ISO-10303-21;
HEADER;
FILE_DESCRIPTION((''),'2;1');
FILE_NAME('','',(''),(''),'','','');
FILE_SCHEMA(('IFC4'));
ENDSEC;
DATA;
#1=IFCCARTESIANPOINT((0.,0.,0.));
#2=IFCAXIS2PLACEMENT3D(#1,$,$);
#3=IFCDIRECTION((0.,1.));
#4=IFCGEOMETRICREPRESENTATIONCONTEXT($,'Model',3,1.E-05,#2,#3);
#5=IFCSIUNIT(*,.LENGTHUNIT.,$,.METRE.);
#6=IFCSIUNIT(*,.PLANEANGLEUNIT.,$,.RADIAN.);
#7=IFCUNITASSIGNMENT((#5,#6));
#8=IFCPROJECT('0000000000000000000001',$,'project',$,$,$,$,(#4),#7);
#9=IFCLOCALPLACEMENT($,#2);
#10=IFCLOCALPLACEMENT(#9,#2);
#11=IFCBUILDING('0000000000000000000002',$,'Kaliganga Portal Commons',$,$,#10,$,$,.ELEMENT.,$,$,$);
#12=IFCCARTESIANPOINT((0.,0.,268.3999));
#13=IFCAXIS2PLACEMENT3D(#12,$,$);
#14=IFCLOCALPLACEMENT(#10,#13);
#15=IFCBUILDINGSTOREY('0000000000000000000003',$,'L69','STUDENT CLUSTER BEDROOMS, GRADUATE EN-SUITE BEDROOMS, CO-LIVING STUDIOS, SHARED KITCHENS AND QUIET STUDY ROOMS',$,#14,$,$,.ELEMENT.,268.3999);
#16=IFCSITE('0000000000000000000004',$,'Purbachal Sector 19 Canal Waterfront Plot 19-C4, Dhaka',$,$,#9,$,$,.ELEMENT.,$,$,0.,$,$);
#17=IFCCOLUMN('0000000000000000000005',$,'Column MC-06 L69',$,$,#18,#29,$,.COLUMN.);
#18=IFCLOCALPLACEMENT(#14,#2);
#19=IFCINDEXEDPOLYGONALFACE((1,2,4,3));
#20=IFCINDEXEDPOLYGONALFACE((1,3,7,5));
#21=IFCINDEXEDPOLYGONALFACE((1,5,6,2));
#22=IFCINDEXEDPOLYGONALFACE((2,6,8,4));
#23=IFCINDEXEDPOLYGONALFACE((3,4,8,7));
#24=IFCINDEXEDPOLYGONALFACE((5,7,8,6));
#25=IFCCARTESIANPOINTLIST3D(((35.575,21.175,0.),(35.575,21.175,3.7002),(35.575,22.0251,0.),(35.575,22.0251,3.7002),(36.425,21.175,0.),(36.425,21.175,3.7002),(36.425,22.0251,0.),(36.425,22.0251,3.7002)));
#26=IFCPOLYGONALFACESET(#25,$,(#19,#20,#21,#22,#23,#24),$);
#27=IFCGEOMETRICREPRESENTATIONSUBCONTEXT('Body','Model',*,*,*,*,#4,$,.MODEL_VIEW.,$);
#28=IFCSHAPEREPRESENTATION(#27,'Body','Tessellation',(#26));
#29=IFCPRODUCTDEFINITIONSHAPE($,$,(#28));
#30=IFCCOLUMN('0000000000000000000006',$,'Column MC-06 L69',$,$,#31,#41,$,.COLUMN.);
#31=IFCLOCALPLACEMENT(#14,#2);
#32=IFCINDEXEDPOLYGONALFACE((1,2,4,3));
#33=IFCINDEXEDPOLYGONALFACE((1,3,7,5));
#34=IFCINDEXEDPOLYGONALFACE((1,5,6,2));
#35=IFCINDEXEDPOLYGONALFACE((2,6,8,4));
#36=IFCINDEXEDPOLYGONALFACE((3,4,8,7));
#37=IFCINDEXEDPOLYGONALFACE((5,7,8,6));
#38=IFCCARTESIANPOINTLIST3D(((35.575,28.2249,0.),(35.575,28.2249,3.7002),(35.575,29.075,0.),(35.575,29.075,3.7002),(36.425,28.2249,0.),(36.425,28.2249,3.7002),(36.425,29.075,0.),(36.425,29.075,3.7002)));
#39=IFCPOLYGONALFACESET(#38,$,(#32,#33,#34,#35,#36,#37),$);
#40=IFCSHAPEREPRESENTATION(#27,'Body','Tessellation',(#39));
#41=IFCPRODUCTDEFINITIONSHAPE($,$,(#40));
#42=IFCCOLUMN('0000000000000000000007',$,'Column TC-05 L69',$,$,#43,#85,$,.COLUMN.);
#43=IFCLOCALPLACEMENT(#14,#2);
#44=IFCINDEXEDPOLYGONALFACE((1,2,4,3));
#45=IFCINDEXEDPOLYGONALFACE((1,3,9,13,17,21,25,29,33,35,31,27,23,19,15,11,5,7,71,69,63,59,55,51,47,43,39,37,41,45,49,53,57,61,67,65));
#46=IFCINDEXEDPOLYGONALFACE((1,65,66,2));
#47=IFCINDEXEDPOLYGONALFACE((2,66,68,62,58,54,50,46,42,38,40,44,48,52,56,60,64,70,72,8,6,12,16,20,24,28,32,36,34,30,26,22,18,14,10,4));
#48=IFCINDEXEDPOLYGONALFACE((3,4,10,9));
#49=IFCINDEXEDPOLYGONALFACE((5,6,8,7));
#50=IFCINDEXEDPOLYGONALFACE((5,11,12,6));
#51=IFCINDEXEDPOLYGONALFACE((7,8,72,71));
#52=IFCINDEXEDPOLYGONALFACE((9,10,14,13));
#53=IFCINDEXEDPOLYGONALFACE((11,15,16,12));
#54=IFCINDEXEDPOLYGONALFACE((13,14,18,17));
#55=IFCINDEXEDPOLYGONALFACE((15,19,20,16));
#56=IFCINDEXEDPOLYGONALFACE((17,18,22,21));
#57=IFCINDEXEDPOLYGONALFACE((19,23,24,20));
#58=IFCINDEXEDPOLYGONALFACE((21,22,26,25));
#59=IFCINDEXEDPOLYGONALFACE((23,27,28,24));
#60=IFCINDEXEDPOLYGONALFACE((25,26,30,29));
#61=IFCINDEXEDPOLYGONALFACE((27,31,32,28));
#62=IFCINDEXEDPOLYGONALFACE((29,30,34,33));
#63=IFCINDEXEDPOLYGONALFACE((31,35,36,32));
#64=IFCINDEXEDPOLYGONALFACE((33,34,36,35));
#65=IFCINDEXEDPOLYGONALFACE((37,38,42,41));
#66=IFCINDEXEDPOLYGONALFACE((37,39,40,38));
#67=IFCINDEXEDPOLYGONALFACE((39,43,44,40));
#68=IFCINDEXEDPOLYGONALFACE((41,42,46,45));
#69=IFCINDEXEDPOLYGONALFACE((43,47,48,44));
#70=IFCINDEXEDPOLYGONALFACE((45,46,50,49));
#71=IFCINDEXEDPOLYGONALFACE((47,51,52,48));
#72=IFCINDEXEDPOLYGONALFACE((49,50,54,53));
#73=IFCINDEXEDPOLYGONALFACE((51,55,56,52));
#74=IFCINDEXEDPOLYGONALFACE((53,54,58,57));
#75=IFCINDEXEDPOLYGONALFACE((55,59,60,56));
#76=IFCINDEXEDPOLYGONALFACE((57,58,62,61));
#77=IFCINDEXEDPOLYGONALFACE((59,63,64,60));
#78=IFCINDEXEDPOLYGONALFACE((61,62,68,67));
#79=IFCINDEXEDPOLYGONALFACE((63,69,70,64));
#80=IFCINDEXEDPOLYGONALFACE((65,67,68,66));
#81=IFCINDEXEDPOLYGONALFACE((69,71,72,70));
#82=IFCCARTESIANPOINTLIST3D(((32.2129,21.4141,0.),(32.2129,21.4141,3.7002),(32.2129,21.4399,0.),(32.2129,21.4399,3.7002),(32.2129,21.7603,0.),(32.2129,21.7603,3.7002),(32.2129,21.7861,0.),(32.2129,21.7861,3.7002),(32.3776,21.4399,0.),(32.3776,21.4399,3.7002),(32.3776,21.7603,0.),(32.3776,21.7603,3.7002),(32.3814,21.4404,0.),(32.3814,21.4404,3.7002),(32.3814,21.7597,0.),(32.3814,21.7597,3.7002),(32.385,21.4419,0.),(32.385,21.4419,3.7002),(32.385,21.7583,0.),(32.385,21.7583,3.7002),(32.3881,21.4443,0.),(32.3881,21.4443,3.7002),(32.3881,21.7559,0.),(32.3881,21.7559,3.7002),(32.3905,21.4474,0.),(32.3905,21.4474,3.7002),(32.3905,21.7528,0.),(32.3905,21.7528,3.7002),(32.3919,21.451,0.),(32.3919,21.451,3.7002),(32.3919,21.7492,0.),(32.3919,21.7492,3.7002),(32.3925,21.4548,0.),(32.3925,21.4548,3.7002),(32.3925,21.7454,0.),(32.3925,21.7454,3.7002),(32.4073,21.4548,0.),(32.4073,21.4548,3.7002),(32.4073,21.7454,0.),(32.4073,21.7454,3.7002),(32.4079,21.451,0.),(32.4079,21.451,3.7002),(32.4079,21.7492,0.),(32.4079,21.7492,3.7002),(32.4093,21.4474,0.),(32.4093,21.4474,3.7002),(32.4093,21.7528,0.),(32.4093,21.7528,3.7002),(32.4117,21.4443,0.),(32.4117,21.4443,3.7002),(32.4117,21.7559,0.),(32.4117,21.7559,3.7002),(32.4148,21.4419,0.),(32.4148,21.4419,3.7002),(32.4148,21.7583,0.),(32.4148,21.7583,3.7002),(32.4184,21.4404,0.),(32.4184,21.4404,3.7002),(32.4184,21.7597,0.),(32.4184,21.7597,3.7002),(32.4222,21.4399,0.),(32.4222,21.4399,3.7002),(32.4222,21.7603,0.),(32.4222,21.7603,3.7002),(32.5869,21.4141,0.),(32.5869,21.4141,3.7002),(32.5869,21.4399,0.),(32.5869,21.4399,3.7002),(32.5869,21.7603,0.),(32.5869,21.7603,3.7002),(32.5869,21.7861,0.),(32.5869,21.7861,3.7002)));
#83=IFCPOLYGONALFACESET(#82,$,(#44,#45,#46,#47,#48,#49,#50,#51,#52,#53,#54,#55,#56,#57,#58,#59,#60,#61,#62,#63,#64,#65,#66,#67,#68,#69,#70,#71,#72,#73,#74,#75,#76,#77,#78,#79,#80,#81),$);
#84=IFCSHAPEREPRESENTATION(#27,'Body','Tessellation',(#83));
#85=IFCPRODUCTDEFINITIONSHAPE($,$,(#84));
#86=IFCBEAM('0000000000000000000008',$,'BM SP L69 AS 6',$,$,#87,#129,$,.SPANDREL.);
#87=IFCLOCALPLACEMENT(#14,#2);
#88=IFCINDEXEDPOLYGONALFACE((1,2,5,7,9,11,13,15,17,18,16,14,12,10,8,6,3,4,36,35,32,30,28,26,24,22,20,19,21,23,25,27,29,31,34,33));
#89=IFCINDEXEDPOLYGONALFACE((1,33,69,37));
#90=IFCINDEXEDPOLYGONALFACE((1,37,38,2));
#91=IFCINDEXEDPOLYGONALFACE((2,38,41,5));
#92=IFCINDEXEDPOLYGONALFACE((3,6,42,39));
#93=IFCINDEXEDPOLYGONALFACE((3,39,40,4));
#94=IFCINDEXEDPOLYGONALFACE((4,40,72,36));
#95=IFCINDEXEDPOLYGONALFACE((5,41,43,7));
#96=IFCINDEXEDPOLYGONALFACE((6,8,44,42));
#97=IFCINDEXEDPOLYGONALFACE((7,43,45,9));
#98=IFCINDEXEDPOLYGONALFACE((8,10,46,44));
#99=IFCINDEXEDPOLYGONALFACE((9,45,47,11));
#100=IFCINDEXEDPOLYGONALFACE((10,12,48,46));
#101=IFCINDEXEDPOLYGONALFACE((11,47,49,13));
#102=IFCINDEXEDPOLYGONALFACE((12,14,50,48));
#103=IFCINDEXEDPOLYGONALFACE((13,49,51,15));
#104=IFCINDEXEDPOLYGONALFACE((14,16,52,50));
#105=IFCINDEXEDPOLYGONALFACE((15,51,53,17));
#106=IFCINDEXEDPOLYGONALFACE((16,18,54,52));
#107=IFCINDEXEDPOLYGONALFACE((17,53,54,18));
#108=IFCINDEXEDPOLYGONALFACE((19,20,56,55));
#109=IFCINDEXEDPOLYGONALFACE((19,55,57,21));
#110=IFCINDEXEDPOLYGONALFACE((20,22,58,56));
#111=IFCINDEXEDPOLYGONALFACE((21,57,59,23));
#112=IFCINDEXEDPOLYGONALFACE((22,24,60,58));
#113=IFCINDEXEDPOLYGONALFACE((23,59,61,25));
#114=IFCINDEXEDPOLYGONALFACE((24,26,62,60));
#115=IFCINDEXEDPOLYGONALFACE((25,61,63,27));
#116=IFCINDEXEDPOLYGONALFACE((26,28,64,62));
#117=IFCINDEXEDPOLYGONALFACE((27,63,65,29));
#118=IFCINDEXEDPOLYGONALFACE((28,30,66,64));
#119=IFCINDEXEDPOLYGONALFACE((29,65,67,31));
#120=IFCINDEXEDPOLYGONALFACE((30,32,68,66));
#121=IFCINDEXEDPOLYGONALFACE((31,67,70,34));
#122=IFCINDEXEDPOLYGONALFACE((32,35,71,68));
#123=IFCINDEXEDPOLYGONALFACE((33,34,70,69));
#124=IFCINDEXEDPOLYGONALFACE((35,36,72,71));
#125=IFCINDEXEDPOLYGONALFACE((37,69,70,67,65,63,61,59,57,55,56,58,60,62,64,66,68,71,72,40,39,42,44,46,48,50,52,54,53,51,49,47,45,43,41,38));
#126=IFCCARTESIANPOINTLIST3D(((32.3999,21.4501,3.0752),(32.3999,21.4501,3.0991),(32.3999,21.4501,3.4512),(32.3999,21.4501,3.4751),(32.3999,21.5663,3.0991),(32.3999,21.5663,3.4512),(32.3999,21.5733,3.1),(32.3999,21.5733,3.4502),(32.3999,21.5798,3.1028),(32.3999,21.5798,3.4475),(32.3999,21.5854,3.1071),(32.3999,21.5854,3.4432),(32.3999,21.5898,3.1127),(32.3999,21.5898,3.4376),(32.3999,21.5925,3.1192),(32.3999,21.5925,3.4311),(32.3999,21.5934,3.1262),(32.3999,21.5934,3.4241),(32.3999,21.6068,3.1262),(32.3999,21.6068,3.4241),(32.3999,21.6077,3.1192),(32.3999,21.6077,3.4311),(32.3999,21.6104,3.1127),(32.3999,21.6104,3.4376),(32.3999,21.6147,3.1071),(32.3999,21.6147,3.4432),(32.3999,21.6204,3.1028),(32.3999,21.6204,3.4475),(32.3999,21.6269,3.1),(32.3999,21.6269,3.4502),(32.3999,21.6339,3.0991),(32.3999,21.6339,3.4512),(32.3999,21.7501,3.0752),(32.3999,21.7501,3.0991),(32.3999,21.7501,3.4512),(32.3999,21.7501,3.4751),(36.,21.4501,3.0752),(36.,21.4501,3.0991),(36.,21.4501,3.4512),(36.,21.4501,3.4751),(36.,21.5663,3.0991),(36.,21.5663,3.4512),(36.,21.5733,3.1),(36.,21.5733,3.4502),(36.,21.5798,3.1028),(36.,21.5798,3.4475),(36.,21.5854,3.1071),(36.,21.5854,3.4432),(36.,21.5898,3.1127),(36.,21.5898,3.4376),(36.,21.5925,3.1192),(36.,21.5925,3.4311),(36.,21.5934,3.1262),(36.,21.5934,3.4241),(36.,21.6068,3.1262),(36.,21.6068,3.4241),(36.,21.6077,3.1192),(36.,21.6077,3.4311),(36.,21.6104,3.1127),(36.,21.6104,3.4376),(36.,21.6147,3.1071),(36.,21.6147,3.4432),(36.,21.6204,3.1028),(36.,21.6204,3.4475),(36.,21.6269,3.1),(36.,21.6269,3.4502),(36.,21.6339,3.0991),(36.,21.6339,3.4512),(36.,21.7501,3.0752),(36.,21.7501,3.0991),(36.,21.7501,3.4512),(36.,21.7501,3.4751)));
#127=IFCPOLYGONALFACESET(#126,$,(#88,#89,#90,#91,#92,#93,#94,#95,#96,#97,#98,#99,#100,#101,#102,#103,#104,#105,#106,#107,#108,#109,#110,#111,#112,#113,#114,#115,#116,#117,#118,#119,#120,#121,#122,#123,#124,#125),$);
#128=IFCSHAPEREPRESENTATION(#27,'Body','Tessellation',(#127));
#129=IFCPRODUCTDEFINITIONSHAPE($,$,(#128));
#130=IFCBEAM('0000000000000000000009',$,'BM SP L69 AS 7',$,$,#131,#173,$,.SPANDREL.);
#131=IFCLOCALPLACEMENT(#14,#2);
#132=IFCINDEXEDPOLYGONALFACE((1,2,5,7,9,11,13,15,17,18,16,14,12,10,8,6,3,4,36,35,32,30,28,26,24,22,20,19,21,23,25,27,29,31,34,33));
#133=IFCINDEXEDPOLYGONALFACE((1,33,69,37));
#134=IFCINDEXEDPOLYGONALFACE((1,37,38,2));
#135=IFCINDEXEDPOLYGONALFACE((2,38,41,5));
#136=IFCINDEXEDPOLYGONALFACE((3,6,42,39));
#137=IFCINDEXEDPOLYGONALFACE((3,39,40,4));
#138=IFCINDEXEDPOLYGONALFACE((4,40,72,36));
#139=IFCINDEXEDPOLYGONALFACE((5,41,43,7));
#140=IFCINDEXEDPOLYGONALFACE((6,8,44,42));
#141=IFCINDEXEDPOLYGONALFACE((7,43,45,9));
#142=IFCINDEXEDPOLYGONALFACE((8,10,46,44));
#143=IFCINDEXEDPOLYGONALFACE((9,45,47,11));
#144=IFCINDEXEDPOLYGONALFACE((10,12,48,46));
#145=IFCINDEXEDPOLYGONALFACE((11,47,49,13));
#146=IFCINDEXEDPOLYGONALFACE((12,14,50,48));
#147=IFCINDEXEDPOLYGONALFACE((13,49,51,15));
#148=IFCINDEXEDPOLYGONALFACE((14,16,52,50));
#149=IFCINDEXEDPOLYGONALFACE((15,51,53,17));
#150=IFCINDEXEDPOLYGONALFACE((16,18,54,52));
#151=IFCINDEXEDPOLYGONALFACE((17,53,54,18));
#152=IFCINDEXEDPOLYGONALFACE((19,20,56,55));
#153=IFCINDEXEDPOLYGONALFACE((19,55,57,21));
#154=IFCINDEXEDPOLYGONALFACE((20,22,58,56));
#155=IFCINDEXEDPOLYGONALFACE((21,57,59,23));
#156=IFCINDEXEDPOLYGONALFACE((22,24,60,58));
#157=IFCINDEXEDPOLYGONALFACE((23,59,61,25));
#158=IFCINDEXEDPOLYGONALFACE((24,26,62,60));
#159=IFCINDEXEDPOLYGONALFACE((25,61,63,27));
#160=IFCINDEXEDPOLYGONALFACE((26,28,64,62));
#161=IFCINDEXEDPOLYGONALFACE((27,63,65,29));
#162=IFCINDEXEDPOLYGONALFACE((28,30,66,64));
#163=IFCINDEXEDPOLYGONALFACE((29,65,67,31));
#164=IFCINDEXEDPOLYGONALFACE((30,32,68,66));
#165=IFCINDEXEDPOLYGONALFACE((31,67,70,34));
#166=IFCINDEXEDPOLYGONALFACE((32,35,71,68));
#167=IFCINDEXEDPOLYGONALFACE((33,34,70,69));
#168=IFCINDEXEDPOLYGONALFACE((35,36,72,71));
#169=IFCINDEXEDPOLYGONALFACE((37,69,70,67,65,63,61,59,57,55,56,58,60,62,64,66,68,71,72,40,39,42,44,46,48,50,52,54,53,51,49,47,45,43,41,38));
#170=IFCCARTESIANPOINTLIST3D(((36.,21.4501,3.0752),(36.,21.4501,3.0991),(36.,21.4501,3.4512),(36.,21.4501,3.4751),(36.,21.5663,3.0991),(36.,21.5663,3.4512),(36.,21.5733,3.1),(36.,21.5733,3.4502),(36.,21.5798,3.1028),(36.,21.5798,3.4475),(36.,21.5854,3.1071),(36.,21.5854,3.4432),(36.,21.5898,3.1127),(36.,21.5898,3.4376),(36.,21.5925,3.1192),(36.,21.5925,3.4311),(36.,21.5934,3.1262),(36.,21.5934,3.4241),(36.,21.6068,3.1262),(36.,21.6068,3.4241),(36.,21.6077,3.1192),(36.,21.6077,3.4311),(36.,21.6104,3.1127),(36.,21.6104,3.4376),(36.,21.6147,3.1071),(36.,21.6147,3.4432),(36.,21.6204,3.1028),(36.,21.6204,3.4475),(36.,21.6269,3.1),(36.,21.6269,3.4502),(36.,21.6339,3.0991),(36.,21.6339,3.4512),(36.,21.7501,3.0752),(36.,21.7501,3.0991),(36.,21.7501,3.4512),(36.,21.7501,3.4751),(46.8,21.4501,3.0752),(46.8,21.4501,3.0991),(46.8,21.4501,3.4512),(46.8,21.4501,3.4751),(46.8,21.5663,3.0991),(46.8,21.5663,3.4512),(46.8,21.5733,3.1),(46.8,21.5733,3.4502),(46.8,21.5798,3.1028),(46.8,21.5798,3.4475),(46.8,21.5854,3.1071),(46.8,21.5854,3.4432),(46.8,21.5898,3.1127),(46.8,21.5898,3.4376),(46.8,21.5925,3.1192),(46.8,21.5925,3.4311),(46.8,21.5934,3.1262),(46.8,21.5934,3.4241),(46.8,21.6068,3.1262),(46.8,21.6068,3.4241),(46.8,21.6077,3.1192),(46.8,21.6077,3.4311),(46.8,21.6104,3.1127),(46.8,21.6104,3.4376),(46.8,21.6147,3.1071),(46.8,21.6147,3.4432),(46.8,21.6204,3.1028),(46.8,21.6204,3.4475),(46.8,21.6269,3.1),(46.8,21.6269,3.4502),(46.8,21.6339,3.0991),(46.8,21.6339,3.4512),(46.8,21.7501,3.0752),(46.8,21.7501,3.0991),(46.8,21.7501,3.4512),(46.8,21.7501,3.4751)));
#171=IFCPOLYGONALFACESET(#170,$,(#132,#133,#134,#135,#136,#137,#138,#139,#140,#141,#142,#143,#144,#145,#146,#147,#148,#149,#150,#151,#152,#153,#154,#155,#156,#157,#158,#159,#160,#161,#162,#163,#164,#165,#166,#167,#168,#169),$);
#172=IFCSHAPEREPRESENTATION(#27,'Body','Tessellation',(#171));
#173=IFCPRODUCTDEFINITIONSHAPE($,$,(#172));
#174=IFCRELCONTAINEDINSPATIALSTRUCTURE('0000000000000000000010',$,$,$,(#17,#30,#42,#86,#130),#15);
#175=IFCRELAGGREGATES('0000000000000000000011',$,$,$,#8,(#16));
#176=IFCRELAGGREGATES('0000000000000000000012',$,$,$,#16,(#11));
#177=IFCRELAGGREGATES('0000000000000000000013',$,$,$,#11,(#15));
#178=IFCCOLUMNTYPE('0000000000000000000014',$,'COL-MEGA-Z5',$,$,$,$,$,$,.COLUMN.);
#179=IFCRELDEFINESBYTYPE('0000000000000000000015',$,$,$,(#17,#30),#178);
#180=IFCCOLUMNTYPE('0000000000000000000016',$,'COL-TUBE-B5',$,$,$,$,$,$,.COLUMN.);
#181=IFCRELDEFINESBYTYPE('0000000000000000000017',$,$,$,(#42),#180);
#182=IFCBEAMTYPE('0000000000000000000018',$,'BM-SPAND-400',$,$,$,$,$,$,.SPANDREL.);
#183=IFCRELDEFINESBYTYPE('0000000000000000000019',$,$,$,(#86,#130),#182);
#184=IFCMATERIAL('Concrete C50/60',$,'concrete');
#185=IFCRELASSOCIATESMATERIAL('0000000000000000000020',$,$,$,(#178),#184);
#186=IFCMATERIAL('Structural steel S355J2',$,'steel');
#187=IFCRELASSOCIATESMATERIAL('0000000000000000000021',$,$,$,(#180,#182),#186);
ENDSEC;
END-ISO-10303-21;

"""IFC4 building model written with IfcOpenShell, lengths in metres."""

from ifc_helpers import new_model, si_unit, direction, frame, origin, origin_2d, place, context, subcontext, project, spatial, rectangle, i_section, extrude, source, transform, mapped, material, material_profile, profile_set, type_object, element, save


model = new_model("IFC4")

# Units and contexts
model_context = context("Model", 3, precision=1e-05, world=origin(), true_north=direction((0.0, 1.0)))
body_context = subcontext(model_context, "Body", "Model", "MODEL_VIEW")
ifc_project = project(units=[si_unit("LENGTHUNIT", "METRE"), si_unit("PLANEANGLEUNIT", "RADIAN")], contexts=[model_context])

# Site, building, storey
site_placement = place(None, origin())
site = spatial("IfcSite", under=ifc_project, at=site_placement, Name="Purbachal Sector 19 Canal Waterfront Plot 19-C4, Dhaka", CompositionType="ELEMENT", RefElevation=0.0)
building_placement = place(site_placement, origin())
building = spatial("IfcBuilding", under=site, at=building_placement, Name="Kaliganga Portal Commons", CompositionType="ELEMENT")
storey_placement = place(building_placement, frame((0.0, 0.0, 268.3999)))
storey = spatial("IfcBuildingStorey", under=building, at=storey_placement, Name="L69", Description="STUDENT CLUSTER BEDROOMS, GRADUATE EN-SUITE BEDROOMS, CO-LIVING STUDIOS, SHARED KITCHENS AND QUIET STUDY ROOMS", CompositionType="ELEMENT", Elevation=268.3999)

# Columns
ifc_material_1 = material(Name="Concrete C50/60", Category="concrete")
ifc_material_profile_1 = material_profile(ifc_material_1, rectangle(XDim=0.8501, YDim=0.8501, at=origin_2d()), Name="RC 850x850")
ifc_profile_set_1 = profile_set([ifc_material_profile_1], Name="Concrete C50/60")
column_type_1 = type_object("IfcColumnType", Name="COL-MEGA-Z5", PredefinedType="COLUMN", material=ifc_profile_set_1)
shared_shape_1 = source(origin(), body_context, "Body", "SweptSolid", [
    extrude(rectangle(XDim=0.8501, YDim=0.8501, at=origin_2d()), origin(), (0.0, 0.0, 1.0), 3.7002),
])
for number, where, z_axis, x_axis, name in (
    (1, (36.0, 21.6001, 0.0), (0.0, 0.0, 1.0), (1.0, 0.0, 0.0), "Column MC-06 L69"),
    (2, (36.0, 28.6499, 0.0), (0.0, 0.0, 1.0), (1.0, 0.0, 0.0), "Column MC-06 L69"),
):
    element("IfcColumn", number, at=place(storey_placement, frame(where, z_axis=z_axis, x_axis=x_axis)), inside=storey, type_object=column_type_1, Name=name, PredefinedType="COLUMN", context=body_context, shape_type="MappedRepresentation", body=[
        mapped(shared_shape_1, transform((0.0, 0.0, 0.0), x_axis=(1.0, 0.0, 0.0), y_axis=(0.0, 1.0, 0.0), z_axis=(0.0, 0.0, 1.0), scale=1.0)),
    ])
ifc_material_2 = material(Name="Structural steel S355J2", Category="steel")
ifc_material_profile_2 = material_profile(ifc_material_2, i_section(OverallWidth=0.374, OverallDepth=0.3721, WebThickness=0.0149, FlangeThickness=0.0259, FilletRadius=0.0149, at=origin_2d()), Name="HD 360x196")
ifc_profile_set_2 = profile_set([ifc_material_profile_2], Name="Structural steel S355J2 wide-flange")
column_type_2 = type_object("IfcColumnType", Name="COL-TUBE-B5", PredefinedType="COLUMN", material=ifc_profile_set_2)
shared_shape_2 = source(origin(), body_context, "Body", "SweptSolid", [
    extrude(i_section(OverallWidth=0.374, OverallDepth=0.3721, WebThickness=0.0149, FlangeThickness=0.0259, FilletRadius=0.0149, at=origin_2d()), origin(), (0.0, 0.0, 1.0), 3.7002),
])
column_placement = place(storey_placement, frame((32.3999, 21.6001, 0.0), z_axis=(0.0, 0.0, 1.0), x_axis=(1.0, 0.0, 0.0)))
element("IfcColumn", 3, at=column_placement, inside=storey, type_object=column_type_2, Name="Column TC-05 L69", PredefinedType="COLUMN", context=body_context, shape_type="MappedRepresentation", body=[
    mapped(shared_shape_2, transform((0.0, 0.0, 0.0), x_axis=(1.0, 0.0, 0.0), y_axis=(0.0, 1.0, 0.0), z_axis=(0.0, 0.0, 1.0), scale=1.0)),
])

# Beams
ifc_material_profile_3 = material_profile(ifc_material_2, i_section(OverallWidth=0.3, OverallDepth=0.3999, WebThickness=0.0134, FlangeThickness=0.0239, FilletRadius=0.0271, at=origin_2d()), Name="HE 400 B")
ifc_profile_set_3 = profile_set([ifc_material_profile_3], Name="Structural steel S355J2 wide-flange")
beam_type_1 = type_object("IfcBeamType", Name="BM-SPAND-400", PredefinedType="SPANDREL", material=ifc_profile_set_3)
shared_shape_3 = source(origin(), body_context, "Body", "SweptSolid", [
    extrude(i_section(OverallWidth=0.3, OverallDepth=0.3999, WebThickness=0.0134, FlangeThickness=0.0239, FilletRadius=0.0271, at=origin_2d()), origin(), (0.0, 0.0, 1.0), 3.6001),
])
beam_1_placement = place(storey_placement, frame((32.3999, 21.6001, 3.2751), z_axis=(1.0, 0.0, 0.0), x_axis=(0.0, 1.0, 0.0)))
element("IfcBeam", 4, at=beam_1_placement, inside=storey, type_object=beam_type_1, Name="BM SP L69 AS 6", PredefinedType="SPANDREL", context=body_context, shape_type="MappedRepresentation", body=[
    mapped(shared_shape_3, transform((0.0, 0.0, 0.0), x_axis=(1.0, 0.0, 0.0), y_axis=(0.0, 1.0, 0.0), z_axis=(0.0, 0.0, 1.0), scale=1.0)),
])
shared_shape_4 = source(origin(), body_context, "Body", "SweptSolid", [
    extrude(i_section(OverallWidth=0.3, OverallDepth=0.3999, WebThickness=0.0134, FlangeThickness=0.0239, FilletRadius=0.0271, at=origin_2d()), origin(), (0.0, 0.0, 1.0), 10.8),
])
beam_2_placement = place(storey_placement, frame((36.0, 21.6001, 3.2751), z_axis=(1.0, 0.0, 0.0), x_axis=(0.0, 1.0, 0.0)))
element("IfcBeam", 5, at=beam_2_placement, inside=storey, type_object=beam_type_1, Name="BM SP L69 AS 7", PredefinedType="SPANDREL", context=body_context, shape_type="MappedRepresentation", body=[
    mapped(shared_shape_4, transform((0.0, 0.0, 0.0), x_axis=(1.0, 0.0, 0.0), y_axis=(0.0, 1.0, 0.0), z_axis=(0.0, 0.0, 1.0), scale=1.0)),
])

save(model, "model.ifc")
